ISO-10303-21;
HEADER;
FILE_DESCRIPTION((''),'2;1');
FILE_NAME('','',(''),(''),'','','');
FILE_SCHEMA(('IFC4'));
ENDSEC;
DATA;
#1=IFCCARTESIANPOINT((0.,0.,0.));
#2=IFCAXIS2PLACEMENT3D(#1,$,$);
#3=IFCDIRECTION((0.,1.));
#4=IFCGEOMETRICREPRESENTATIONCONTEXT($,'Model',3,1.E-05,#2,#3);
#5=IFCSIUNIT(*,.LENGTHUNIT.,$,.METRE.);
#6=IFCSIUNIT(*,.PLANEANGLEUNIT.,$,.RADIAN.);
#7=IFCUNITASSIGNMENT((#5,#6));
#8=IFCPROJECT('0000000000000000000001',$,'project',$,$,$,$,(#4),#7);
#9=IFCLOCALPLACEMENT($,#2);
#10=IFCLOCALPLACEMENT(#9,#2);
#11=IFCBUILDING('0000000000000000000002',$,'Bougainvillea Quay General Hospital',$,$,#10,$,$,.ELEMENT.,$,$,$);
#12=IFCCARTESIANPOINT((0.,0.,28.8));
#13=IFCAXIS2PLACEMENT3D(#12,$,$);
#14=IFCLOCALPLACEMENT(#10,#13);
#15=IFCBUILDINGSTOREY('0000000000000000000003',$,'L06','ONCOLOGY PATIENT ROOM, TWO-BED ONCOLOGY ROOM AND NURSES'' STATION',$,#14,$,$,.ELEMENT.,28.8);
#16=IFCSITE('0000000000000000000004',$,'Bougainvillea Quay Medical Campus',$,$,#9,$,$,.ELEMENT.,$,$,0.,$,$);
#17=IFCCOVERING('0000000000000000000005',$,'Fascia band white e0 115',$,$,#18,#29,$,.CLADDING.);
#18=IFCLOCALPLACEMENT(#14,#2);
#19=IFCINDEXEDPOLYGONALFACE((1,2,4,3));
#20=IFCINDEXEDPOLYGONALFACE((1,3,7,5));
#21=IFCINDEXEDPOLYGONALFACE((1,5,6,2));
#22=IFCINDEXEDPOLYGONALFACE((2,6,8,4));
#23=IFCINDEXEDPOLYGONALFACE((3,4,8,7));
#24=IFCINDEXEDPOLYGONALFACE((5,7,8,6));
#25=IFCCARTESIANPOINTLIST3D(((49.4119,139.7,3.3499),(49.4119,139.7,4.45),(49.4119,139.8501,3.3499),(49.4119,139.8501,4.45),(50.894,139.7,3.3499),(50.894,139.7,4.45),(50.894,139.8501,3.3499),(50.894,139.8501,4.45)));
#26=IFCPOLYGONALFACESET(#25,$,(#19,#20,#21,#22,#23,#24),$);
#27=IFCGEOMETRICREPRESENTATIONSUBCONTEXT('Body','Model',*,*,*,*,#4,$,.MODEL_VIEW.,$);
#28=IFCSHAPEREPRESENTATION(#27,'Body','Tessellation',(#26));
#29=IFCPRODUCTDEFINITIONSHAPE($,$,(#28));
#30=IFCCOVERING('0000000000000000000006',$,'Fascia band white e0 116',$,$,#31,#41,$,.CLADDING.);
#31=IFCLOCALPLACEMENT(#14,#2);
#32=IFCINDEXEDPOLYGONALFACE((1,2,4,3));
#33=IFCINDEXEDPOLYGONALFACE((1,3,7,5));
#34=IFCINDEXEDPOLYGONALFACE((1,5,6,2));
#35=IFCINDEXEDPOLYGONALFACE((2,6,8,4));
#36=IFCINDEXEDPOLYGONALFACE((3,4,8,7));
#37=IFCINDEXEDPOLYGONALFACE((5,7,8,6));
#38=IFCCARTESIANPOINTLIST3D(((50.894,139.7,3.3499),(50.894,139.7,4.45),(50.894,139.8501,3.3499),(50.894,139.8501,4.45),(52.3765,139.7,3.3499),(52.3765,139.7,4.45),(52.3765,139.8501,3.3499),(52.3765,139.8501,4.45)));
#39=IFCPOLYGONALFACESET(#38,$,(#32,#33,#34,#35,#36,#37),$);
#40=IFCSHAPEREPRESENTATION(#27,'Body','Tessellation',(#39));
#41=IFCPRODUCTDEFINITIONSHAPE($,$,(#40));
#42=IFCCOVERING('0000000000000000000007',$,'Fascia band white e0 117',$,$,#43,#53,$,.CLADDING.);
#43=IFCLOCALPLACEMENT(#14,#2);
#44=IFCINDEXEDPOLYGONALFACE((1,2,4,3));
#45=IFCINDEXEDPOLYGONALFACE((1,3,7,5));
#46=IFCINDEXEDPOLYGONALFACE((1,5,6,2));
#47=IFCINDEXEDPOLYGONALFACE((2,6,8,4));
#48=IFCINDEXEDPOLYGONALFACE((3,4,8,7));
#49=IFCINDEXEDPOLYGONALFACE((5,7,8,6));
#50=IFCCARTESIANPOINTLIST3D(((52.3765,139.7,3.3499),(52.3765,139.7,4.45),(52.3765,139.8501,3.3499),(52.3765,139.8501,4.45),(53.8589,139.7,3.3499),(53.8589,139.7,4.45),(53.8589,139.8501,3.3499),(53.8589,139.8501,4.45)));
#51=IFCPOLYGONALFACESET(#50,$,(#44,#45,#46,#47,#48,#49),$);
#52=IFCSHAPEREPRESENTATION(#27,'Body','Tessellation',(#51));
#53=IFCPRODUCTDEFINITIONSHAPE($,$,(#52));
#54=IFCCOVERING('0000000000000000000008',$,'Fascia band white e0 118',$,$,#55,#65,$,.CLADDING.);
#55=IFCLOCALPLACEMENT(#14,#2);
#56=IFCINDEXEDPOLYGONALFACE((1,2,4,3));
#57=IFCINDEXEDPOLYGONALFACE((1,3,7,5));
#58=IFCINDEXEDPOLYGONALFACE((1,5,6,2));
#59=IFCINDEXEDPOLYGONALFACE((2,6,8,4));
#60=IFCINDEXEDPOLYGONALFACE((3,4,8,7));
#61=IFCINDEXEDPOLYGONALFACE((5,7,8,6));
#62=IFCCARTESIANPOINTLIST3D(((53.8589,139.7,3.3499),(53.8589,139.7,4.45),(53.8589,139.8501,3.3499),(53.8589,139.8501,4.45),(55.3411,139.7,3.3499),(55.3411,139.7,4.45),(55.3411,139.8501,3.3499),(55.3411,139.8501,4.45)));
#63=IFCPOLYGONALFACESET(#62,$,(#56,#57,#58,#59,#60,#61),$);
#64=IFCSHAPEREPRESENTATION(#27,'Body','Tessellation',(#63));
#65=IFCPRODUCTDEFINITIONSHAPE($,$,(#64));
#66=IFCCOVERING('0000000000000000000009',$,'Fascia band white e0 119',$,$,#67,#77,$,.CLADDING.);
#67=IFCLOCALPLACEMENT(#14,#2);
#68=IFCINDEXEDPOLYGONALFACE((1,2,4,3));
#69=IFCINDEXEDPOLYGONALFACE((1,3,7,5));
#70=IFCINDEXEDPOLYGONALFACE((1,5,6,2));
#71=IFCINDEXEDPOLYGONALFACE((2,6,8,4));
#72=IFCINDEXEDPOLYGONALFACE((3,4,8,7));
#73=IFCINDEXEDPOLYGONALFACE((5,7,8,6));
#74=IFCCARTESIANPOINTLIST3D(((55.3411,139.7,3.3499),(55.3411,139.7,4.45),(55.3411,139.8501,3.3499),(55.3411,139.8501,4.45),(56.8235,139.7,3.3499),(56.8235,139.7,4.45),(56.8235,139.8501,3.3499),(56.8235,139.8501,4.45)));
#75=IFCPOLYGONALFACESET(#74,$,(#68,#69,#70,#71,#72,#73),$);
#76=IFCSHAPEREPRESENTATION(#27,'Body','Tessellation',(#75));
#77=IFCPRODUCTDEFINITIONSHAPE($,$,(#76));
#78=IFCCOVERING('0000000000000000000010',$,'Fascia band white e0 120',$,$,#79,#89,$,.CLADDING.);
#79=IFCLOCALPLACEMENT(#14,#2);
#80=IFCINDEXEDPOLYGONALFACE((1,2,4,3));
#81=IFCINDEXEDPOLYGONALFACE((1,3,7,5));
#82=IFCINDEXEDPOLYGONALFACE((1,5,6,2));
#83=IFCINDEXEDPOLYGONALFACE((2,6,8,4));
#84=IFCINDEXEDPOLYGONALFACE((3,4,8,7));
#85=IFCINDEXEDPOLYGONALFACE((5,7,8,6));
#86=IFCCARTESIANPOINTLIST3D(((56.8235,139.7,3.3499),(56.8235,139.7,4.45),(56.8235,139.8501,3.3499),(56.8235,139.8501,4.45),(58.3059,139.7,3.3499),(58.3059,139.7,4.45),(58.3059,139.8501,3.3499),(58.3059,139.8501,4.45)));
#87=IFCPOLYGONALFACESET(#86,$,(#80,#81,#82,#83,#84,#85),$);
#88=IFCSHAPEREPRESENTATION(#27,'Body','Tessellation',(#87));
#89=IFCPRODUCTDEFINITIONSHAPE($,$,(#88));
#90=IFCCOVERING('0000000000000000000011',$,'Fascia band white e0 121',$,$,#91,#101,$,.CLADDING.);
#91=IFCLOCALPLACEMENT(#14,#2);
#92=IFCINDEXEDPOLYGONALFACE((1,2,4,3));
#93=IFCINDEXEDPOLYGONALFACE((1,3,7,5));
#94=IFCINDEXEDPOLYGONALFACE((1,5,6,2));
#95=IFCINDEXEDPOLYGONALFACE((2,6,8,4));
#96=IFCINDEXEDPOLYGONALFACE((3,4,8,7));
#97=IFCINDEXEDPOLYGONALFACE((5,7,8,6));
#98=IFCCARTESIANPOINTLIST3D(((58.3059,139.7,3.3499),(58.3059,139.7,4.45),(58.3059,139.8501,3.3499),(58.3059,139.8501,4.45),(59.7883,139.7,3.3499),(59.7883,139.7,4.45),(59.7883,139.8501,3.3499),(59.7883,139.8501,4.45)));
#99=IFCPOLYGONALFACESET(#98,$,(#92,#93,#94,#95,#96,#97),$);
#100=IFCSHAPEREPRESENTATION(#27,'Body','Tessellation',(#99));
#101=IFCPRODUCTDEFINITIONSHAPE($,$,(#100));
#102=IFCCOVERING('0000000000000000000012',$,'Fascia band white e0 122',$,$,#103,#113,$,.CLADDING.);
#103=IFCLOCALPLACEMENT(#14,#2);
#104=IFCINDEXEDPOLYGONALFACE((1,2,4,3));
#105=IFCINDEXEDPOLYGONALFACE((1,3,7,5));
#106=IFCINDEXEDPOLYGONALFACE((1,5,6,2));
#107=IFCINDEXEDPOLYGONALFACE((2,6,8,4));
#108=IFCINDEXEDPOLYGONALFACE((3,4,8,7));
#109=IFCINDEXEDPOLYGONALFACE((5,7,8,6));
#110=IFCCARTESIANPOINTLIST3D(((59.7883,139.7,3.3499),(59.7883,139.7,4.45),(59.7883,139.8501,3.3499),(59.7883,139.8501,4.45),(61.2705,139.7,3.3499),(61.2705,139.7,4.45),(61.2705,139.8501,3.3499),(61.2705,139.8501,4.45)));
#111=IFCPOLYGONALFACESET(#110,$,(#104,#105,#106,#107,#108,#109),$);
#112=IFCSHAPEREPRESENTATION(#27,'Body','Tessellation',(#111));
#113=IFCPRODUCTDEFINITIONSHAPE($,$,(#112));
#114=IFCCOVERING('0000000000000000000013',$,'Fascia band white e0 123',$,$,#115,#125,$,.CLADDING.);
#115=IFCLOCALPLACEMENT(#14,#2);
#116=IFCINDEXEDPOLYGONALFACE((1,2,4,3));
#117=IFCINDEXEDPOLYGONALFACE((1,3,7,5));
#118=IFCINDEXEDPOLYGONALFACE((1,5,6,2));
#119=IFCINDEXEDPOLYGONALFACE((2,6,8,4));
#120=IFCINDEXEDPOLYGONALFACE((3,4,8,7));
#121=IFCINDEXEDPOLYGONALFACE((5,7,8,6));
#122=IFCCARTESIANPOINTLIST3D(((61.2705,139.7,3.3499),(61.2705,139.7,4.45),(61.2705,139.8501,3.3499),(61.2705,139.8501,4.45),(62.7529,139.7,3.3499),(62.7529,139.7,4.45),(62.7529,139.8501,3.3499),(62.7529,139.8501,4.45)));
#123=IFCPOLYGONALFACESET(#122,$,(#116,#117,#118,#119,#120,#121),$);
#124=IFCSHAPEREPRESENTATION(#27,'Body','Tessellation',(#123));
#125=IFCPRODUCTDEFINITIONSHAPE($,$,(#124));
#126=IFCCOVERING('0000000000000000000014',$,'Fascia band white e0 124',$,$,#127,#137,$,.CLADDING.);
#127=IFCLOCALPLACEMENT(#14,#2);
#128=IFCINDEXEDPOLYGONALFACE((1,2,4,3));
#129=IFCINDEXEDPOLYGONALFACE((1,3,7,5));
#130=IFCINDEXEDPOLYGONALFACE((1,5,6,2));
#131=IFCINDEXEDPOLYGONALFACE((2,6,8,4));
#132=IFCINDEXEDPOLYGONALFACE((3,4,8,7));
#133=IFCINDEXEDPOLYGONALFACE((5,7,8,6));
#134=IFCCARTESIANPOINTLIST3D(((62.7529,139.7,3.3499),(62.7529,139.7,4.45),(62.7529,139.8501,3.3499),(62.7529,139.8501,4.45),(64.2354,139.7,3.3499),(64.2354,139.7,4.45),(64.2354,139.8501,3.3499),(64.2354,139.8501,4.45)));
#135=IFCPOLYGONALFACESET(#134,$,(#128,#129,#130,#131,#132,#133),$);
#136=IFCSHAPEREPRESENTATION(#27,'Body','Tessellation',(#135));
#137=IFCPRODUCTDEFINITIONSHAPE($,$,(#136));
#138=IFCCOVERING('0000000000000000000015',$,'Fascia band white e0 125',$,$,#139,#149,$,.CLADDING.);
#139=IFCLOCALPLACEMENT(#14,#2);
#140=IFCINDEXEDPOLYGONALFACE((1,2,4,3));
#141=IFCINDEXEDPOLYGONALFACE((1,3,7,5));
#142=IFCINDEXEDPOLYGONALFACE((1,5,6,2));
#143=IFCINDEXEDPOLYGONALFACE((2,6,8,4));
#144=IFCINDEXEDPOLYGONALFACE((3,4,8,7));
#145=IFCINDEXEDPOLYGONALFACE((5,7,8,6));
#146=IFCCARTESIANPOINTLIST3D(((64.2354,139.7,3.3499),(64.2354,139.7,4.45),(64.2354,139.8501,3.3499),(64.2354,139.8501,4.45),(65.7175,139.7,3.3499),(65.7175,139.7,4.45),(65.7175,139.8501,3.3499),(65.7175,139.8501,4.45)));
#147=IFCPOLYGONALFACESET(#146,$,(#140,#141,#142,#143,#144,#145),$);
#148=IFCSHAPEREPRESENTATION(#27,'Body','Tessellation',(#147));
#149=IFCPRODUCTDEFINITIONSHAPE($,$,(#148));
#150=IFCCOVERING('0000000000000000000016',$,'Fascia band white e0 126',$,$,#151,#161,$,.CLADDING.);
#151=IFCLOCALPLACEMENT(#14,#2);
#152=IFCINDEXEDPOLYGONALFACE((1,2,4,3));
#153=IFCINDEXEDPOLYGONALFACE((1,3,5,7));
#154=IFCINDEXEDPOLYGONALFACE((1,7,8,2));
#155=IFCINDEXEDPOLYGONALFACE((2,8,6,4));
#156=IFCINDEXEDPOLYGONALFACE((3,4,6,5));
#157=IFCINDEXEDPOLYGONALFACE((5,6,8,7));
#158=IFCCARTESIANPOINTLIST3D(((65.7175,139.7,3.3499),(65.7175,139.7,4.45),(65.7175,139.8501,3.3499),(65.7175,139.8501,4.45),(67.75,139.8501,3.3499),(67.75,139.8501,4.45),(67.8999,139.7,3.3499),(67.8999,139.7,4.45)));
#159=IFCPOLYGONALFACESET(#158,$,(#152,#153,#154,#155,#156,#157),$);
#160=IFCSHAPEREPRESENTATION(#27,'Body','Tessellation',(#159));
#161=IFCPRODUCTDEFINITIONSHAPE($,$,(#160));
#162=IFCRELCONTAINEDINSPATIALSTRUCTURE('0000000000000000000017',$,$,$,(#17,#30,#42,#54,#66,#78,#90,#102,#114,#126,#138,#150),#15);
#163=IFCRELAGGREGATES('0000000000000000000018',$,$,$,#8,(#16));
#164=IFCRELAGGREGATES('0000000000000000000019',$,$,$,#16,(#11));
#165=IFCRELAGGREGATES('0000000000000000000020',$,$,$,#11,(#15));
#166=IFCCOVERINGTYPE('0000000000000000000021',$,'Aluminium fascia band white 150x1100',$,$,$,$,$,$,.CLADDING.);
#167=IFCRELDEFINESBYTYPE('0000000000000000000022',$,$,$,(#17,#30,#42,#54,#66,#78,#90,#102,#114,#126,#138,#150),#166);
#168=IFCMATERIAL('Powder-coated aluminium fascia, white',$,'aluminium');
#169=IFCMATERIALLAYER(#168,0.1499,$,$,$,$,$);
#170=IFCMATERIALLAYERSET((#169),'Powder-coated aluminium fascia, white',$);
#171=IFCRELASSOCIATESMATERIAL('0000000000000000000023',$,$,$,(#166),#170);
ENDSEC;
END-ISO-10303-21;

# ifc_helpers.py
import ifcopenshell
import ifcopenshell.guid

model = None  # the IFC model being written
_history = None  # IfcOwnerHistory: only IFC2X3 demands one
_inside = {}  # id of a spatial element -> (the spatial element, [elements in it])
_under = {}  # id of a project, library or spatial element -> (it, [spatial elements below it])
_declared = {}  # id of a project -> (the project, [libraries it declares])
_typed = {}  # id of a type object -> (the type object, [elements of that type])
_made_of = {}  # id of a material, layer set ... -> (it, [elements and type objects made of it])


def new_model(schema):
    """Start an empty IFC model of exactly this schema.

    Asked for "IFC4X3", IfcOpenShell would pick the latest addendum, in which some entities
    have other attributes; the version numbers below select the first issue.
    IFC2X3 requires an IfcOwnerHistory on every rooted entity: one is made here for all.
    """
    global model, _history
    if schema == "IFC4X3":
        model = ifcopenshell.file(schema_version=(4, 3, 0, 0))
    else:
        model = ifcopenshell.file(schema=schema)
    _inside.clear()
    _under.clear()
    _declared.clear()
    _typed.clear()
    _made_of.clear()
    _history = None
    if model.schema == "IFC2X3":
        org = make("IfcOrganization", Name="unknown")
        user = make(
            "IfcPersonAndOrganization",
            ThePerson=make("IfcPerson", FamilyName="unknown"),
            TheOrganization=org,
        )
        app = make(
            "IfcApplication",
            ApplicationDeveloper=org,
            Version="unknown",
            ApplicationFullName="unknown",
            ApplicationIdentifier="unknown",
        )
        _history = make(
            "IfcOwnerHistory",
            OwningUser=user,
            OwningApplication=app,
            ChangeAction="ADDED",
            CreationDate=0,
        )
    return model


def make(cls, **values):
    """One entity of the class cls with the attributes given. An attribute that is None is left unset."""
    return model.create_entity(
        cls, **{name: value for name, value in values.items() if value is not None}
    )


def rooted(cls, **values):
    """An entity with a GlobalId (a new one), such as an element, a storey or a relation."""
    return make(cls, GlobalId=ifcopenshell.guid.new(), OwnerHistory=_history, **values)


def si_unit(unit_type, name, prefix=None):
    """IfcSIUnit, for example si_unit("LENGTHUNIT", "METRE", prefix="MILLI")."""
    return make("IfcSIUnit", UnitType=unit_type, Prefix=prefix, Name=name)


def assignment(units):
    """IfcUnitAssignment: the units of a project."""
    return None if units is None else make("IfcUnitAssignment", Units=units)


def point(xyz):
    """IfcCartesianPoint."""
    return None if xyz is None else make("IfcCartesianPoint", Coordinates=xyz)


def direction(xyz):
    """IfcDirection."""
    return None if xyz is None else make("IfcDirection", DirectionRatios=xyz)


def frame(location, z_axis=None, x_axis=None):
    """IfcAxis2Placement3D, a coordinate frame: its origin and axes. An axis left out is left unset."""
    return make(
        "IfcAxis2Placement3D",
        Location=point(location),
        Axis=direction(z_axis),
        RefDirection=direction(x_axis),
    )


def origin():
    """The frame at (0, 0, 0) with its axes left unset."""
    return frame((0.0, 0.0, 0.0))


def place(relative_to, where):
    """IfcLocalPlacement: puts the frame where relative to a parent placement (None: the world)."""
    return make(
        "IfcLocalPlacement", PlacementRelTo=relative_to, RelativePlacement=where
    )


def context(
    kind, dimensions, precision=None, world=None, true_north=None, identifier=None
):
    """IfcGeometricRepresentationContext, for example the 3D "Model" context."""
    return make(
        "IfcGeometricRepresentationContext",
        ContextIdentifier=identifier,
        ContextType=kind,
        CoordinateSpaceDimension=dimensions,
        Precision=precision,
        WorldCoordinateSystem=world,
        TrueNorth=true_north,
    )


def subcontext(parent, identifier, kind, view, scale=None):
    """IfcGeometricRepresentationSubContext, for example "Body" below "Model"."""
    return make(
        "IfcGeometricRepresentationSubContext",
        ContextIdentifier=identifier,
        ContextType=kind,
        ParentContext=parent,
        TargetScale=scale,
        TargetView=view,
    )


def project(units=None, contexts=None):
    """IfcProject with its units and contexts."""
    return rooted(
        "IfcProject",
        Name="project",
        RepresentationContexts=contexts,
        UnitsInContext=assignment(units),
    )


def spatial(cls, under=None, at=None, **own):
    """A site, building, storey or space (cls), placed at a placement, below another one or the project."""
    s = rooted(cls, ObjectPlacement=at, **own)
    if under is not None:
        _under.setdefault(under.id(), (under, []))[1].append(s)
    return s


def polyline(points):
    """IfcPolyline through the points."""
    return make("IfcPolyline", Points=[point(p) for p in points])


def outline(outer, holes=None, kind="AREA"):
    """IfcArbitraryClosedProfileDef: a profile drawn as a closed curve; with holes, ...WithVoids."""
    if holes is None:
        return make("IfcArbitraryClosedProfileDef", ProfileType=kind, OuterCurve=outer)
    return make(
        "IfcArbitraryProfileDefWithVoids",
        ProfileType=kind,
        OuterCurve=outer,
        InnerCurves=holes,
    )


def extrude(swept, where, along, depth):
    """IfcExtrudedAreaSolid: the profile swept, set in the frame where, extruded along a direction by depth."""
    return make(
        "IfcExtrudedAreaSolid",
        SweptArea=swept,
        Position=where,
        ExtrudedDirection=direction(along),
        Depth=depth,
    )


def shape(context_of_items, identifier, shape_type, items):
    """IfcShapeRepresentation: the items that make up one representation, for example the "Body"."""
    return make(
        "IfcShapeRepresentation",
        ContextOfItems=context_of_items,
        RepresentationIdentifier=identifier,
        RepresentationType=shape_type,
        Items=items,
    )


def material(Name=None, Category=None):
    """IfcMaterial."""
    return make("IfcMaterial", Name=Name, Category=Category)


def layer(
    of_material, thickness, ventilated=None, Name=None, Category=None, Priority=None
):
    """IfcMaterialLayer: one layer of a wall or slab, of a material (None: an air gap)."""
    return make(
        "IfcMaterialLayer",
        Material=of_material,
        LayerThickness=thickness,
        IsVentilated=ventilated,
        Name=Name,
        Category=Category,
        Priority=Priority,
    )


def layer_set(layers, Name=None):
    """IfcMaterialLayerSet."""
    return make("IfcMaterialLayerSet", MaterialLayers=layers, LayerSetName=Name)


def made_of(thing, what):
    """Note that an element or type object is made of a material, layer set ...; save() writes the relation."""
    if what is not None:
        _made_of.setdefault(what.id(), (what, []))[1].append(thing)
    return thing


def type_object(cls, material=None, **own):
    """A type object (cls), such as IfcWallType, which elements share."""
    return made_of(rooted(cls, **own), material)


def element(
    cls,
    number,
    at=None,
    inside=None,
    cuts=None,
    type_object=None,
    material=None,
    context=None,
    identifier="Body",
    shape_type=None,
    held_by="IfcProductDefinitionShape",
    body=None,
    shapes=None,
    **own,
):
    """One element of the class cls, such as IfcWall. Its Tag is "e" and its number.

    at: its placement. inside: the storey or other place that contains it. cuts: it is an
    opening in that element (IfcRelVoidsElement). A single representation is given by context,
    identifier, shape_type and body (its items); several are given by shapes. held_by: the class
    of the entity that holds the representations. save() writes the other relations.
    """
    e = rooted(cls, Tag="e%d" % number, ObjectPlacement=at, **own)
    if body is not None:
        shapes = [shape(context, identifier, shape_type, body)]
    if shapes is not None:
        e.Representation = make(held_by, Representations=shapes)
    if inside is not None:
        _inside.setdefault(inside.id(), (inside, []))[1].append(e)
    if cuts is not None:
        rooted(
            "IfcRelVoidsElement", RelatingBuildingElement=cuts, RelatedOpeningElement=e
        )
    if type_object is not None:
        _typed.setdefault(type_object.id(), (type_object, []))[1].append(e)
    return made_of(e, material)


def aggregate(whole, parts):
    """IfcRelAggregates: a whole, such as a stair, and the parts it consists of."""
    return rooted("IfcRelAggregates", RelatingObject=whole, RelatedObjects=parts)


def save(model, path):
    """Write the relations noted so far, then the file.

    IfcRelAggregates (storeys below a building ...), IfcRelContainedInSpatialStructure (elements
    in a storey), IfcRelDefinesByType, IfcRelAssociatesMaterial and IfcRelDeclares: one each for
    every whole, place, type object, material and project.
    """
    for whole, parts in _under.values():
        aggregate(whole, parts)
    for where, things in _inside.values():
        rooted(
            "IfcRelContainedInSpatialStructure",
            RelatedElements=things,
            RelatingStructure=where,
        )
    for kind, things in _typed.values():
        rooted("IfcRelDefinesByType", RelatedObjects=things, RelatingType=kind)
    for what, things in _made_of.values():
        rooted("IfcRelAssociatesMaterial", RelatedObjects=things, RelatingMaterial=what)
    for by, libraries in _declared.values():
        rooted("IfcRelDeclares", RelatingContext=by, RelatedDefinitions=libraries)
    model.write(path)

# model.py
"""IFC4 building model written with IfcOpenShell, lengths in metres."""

from ifc_helpers import new_model, si_unit, direction, frame, origin, place, context, subcontext, project, spatial, polyline, outline, extrude, material, layer, layer_set, type_object, element, save


model = new_model("IFC4")

# Units and contexts
model_context = context("Model", 3, precision=1e-05, world=origin(), true_north=direction((0.0, 1.0)))
body_context = subcontext(model_context, "Body", "Model", "MODEL_VIEW")
ifc_project = project(units=[si_unit("LENGTHUNIT", "METRE"), si_unit("PLANEANGLEUNIT", "RADIAN")], contexts=[model_context])

# Site, building, storey
site_placement = place(None, origin())
site = spatial("IfcSite", under=ifc_project, at=site_placement, Name="Bougainvillea Quay Medical Campus", CompositionType="ELEMENT", RefElevation=0.0)
building_placement = place(site_placement, origin())
building = spatial("IfcBuilding", under=site, at=building_placement, Name="Bougainvillea Quay General Hospital", CompositionType="ELEMENT")
storey_placement = place(building_placement, frame((0.0, 0.0, 28.8)))
storey = spatial("IfcBuildingStorey", under=building, at=storey_placement, Name="L06", Description="ONCOLOGY PATIENT ROOM, TWO-BED ONCOLOGY ROOM AND NURSES' STATION", CompositionType="ELEMENT", Elevation=28.8)

# Coverings
ifc_material_1 = material(Name="Powder-coated aluminium fascia, white", Category="aluminium")
ifc_layer_1 = layer(ifc_material_1, 0.1499)
ifc_layer_set_1 = layer_set([ifc_layer_1], Name="Powder-coated aluminium fascia, white")
covering_type = type_object("IfcCoveringType", Name="Aluminium fascia band white 150x1100", PredefinedType="CLADDING", material=ifc_layer_set_1)
covering_1_placement = place(storey_placement, frame((49.4119, 139.8501, 3.3499), z_axis=(0.0, 0.0, 1.0), x_axis=(1.0, 0.0, 0.0)))
element("IfcCovering", 1, at=covering_1_placement, inside=storey, type_object=covering_type, Name="Fascia band white e0 115", PredefinedType="CLADDING", context=body_context, shape_type="SweptSolid", body=[
    extrude(outline(polyline([(0.0, 0.0), (1.4822, 0.0), (1.4822, -0.1501), (0.0, -0.1501), (0.0, 0.0)])), origin(), (0.0, 0.0, 1.0), 1.1001),
])
for number, where, z_axis, x_axis, name in (
    (2, (50.894, 139.8501, 3.3499), (0.0, 0.0, 1.0), (1.0, 0.0, 0.0), "Fascia band white e0 116"),
    (3, (52.3765, 139.8501, 3.3499), (0.0, 0.0, 1.0), (1.0, 0.0, 0.0), "Fascia band white e0 117"),
):
    element("IfcCovering", number, at=place(storey_placement, frame(where, z_axis=z_axis, x_axis=x_axis)), inside=storey, type_object=covering_type, Name=name, PredefinedType="CLADDING", context=body_context, shape_type="SweptSolid", body=[
        extrude(outline(polyline([(0.0, 0.0), (1.4824, 0.0), (1.4824, -0.1501), (0.0, -0.1501), (0.0, 0.0)])), origin(), (0.0, 0.0, 1.0), 1.1001),
    ])
covering_2_placement = place(storey_placement, frame((53.8589, 139.8501, 3.3499), z_axis=(0.0, 0.0, 1.0), x_axis=(1.0, 0.0, 0.0)))
element("IfcCovering", 4, at=covering_2_placement, inside=storey, type_object=covering_type, Name="Fascia band white e0 118", PredefinedType="CLADDING", context=body_context, shape_type="SweptSolid", body=[
    extrude(outline(polyline([(0.0, 0.0), (1.4822, 0.0), (1.4822, -0.1501), (0.0, -0.1501), (0.0, 0.0)])), origin(), (0.0, 0.0, 1.0), 1.1001),
])
for number, where, z_axis, x_axis, name in (
    (5, (55.3411, 139.8501, 3.3499), (0.0, 0.0, 1.0), (1.0, 0.0, 0.0), "Fascia band white e0 119"),
    (6, (56.8235, 139.8501, 3.3499), (0.0, 0.0, 1.0), (1.0, 0.0, 0.0), "Fascia band white e0 120"),
    (7, (58.3059, 139.8501, 3.3499), (0.0, 0.0, 1.0), (1.0, 0.0, 0.0), "Fascia band white e0 121"),
):
    element("IfcCovering", number, at=place(storey_placement, frame(where, z_axis=z_axis, x_axis=x_axis)), inside=storey, type_object=covering_type, Name=name, PredefinedType="CLADDING", context=body_context, shape_type="SweptSolid", body=[
        extrude(outline(polyline([(0.0, 0.0), (1.4824, 0.0), (1.4824, -0.1501), (0.0, -0.1501), (0.0, 0.0)])), origin(), (0.0, 0.0, 1.0), 1.1001),
    ])
covering_3_placement = place(storey_placement, frame((59.7883, 139.8501, 3.3499), z_axis=(0.0, 0.0, 1.0), x_axis=(1.0, 0.0, 0.0)))
element("IfcCovering", 8, at=covering_3_placement, inside=storey, type_object=covering_type, Name="Fascia band white e0 122", PredefinedType="CLADDING", context=body_context, shape_type="SweptSolid", body=[
    extrude(outline(polyline([(0.0, 0.0), (1.4822, 0.0), (1.4822, -0.1501), (0.0, -0.1501), (0.0, 0.0)])), origin(), (0.0, 0.0, 1.0), 1.1001),
])
for number, where, z_axis, x_axis, name in (
    (9, (61.2705, 139.8501, 3.3499), (0.0, 0.0, 1.0), (1.0, 0.0, 0.0), "Fascia band white e0 123"),
    (10, (62.7529, 139.8501, 3.3499), (0.0, 0.0, 1.0), (1.0, 0.0, 0.0), "Fascia band white e0 124"),
):
    element("IfcCovering", number, at=place(storey_placement, frame(where, z_axis=z_axis, x_axis=x_axis)), inside=storey, type_object=covering_type, Name=name, PredefinedType="CLADDING", context=body_context, shape_type="SweptSolid", body=[
        extrude(outline(polyline([(0.0, 0.0), (1.4824, 0.0), (1.4824, -0.1501), (0.0, -0.1501), (0.0, 0.0)])), origin(), (0.0, 0.0, 1.0), 1.1001),
    ])
covering_4_placement = place(storey_placement, frame((64.2354, 139.8501, 3.3499), z_axis=(0.0, 0.0, 1.0), x_axis=(1.0, 0.0, 0.0)))
element("IfcCovering", 11, at=covering_4_placement, inside=storey, type_object=covering_type, Name="Fascia band white e0 125", PredefinedType="CLADDING", context=body_context, shape_type="SweptSolid", body=[
    extrude(outline(polyline([(0.0, 0.0), (1.4822, 0.0), (1.4822, -0.1501), (0.0, -0.1501), (0.0, 0.0)])), origin(), (0.0, 0.0, 1.0), 1.1001),
])
covering_5_placement = place(storey_placement, frame((65.7175, 139.8501, 3.3499), z_axis=(0.0, 0.0, 1.0), x_axis=(1.0, 0.0, 0.0)))
element("IfcCovering", 12, at=covering_5_placement, inside=storey, type_object=covering_type, Name="Fascia band white e0 126", PredefinedType="CLADDING", context=body_context, shape_type="SweptSolid", body=[
    extrude(outline(polyline([(0.0, 0.0), (2.0325, 0.0), (2.1824, -0.1501), (0.0, -0.1501), (0.0, 0.0)])), origin(), (0.0, 0.0, 1.0), 1.1001),
])

save(model, "model.ifc")
